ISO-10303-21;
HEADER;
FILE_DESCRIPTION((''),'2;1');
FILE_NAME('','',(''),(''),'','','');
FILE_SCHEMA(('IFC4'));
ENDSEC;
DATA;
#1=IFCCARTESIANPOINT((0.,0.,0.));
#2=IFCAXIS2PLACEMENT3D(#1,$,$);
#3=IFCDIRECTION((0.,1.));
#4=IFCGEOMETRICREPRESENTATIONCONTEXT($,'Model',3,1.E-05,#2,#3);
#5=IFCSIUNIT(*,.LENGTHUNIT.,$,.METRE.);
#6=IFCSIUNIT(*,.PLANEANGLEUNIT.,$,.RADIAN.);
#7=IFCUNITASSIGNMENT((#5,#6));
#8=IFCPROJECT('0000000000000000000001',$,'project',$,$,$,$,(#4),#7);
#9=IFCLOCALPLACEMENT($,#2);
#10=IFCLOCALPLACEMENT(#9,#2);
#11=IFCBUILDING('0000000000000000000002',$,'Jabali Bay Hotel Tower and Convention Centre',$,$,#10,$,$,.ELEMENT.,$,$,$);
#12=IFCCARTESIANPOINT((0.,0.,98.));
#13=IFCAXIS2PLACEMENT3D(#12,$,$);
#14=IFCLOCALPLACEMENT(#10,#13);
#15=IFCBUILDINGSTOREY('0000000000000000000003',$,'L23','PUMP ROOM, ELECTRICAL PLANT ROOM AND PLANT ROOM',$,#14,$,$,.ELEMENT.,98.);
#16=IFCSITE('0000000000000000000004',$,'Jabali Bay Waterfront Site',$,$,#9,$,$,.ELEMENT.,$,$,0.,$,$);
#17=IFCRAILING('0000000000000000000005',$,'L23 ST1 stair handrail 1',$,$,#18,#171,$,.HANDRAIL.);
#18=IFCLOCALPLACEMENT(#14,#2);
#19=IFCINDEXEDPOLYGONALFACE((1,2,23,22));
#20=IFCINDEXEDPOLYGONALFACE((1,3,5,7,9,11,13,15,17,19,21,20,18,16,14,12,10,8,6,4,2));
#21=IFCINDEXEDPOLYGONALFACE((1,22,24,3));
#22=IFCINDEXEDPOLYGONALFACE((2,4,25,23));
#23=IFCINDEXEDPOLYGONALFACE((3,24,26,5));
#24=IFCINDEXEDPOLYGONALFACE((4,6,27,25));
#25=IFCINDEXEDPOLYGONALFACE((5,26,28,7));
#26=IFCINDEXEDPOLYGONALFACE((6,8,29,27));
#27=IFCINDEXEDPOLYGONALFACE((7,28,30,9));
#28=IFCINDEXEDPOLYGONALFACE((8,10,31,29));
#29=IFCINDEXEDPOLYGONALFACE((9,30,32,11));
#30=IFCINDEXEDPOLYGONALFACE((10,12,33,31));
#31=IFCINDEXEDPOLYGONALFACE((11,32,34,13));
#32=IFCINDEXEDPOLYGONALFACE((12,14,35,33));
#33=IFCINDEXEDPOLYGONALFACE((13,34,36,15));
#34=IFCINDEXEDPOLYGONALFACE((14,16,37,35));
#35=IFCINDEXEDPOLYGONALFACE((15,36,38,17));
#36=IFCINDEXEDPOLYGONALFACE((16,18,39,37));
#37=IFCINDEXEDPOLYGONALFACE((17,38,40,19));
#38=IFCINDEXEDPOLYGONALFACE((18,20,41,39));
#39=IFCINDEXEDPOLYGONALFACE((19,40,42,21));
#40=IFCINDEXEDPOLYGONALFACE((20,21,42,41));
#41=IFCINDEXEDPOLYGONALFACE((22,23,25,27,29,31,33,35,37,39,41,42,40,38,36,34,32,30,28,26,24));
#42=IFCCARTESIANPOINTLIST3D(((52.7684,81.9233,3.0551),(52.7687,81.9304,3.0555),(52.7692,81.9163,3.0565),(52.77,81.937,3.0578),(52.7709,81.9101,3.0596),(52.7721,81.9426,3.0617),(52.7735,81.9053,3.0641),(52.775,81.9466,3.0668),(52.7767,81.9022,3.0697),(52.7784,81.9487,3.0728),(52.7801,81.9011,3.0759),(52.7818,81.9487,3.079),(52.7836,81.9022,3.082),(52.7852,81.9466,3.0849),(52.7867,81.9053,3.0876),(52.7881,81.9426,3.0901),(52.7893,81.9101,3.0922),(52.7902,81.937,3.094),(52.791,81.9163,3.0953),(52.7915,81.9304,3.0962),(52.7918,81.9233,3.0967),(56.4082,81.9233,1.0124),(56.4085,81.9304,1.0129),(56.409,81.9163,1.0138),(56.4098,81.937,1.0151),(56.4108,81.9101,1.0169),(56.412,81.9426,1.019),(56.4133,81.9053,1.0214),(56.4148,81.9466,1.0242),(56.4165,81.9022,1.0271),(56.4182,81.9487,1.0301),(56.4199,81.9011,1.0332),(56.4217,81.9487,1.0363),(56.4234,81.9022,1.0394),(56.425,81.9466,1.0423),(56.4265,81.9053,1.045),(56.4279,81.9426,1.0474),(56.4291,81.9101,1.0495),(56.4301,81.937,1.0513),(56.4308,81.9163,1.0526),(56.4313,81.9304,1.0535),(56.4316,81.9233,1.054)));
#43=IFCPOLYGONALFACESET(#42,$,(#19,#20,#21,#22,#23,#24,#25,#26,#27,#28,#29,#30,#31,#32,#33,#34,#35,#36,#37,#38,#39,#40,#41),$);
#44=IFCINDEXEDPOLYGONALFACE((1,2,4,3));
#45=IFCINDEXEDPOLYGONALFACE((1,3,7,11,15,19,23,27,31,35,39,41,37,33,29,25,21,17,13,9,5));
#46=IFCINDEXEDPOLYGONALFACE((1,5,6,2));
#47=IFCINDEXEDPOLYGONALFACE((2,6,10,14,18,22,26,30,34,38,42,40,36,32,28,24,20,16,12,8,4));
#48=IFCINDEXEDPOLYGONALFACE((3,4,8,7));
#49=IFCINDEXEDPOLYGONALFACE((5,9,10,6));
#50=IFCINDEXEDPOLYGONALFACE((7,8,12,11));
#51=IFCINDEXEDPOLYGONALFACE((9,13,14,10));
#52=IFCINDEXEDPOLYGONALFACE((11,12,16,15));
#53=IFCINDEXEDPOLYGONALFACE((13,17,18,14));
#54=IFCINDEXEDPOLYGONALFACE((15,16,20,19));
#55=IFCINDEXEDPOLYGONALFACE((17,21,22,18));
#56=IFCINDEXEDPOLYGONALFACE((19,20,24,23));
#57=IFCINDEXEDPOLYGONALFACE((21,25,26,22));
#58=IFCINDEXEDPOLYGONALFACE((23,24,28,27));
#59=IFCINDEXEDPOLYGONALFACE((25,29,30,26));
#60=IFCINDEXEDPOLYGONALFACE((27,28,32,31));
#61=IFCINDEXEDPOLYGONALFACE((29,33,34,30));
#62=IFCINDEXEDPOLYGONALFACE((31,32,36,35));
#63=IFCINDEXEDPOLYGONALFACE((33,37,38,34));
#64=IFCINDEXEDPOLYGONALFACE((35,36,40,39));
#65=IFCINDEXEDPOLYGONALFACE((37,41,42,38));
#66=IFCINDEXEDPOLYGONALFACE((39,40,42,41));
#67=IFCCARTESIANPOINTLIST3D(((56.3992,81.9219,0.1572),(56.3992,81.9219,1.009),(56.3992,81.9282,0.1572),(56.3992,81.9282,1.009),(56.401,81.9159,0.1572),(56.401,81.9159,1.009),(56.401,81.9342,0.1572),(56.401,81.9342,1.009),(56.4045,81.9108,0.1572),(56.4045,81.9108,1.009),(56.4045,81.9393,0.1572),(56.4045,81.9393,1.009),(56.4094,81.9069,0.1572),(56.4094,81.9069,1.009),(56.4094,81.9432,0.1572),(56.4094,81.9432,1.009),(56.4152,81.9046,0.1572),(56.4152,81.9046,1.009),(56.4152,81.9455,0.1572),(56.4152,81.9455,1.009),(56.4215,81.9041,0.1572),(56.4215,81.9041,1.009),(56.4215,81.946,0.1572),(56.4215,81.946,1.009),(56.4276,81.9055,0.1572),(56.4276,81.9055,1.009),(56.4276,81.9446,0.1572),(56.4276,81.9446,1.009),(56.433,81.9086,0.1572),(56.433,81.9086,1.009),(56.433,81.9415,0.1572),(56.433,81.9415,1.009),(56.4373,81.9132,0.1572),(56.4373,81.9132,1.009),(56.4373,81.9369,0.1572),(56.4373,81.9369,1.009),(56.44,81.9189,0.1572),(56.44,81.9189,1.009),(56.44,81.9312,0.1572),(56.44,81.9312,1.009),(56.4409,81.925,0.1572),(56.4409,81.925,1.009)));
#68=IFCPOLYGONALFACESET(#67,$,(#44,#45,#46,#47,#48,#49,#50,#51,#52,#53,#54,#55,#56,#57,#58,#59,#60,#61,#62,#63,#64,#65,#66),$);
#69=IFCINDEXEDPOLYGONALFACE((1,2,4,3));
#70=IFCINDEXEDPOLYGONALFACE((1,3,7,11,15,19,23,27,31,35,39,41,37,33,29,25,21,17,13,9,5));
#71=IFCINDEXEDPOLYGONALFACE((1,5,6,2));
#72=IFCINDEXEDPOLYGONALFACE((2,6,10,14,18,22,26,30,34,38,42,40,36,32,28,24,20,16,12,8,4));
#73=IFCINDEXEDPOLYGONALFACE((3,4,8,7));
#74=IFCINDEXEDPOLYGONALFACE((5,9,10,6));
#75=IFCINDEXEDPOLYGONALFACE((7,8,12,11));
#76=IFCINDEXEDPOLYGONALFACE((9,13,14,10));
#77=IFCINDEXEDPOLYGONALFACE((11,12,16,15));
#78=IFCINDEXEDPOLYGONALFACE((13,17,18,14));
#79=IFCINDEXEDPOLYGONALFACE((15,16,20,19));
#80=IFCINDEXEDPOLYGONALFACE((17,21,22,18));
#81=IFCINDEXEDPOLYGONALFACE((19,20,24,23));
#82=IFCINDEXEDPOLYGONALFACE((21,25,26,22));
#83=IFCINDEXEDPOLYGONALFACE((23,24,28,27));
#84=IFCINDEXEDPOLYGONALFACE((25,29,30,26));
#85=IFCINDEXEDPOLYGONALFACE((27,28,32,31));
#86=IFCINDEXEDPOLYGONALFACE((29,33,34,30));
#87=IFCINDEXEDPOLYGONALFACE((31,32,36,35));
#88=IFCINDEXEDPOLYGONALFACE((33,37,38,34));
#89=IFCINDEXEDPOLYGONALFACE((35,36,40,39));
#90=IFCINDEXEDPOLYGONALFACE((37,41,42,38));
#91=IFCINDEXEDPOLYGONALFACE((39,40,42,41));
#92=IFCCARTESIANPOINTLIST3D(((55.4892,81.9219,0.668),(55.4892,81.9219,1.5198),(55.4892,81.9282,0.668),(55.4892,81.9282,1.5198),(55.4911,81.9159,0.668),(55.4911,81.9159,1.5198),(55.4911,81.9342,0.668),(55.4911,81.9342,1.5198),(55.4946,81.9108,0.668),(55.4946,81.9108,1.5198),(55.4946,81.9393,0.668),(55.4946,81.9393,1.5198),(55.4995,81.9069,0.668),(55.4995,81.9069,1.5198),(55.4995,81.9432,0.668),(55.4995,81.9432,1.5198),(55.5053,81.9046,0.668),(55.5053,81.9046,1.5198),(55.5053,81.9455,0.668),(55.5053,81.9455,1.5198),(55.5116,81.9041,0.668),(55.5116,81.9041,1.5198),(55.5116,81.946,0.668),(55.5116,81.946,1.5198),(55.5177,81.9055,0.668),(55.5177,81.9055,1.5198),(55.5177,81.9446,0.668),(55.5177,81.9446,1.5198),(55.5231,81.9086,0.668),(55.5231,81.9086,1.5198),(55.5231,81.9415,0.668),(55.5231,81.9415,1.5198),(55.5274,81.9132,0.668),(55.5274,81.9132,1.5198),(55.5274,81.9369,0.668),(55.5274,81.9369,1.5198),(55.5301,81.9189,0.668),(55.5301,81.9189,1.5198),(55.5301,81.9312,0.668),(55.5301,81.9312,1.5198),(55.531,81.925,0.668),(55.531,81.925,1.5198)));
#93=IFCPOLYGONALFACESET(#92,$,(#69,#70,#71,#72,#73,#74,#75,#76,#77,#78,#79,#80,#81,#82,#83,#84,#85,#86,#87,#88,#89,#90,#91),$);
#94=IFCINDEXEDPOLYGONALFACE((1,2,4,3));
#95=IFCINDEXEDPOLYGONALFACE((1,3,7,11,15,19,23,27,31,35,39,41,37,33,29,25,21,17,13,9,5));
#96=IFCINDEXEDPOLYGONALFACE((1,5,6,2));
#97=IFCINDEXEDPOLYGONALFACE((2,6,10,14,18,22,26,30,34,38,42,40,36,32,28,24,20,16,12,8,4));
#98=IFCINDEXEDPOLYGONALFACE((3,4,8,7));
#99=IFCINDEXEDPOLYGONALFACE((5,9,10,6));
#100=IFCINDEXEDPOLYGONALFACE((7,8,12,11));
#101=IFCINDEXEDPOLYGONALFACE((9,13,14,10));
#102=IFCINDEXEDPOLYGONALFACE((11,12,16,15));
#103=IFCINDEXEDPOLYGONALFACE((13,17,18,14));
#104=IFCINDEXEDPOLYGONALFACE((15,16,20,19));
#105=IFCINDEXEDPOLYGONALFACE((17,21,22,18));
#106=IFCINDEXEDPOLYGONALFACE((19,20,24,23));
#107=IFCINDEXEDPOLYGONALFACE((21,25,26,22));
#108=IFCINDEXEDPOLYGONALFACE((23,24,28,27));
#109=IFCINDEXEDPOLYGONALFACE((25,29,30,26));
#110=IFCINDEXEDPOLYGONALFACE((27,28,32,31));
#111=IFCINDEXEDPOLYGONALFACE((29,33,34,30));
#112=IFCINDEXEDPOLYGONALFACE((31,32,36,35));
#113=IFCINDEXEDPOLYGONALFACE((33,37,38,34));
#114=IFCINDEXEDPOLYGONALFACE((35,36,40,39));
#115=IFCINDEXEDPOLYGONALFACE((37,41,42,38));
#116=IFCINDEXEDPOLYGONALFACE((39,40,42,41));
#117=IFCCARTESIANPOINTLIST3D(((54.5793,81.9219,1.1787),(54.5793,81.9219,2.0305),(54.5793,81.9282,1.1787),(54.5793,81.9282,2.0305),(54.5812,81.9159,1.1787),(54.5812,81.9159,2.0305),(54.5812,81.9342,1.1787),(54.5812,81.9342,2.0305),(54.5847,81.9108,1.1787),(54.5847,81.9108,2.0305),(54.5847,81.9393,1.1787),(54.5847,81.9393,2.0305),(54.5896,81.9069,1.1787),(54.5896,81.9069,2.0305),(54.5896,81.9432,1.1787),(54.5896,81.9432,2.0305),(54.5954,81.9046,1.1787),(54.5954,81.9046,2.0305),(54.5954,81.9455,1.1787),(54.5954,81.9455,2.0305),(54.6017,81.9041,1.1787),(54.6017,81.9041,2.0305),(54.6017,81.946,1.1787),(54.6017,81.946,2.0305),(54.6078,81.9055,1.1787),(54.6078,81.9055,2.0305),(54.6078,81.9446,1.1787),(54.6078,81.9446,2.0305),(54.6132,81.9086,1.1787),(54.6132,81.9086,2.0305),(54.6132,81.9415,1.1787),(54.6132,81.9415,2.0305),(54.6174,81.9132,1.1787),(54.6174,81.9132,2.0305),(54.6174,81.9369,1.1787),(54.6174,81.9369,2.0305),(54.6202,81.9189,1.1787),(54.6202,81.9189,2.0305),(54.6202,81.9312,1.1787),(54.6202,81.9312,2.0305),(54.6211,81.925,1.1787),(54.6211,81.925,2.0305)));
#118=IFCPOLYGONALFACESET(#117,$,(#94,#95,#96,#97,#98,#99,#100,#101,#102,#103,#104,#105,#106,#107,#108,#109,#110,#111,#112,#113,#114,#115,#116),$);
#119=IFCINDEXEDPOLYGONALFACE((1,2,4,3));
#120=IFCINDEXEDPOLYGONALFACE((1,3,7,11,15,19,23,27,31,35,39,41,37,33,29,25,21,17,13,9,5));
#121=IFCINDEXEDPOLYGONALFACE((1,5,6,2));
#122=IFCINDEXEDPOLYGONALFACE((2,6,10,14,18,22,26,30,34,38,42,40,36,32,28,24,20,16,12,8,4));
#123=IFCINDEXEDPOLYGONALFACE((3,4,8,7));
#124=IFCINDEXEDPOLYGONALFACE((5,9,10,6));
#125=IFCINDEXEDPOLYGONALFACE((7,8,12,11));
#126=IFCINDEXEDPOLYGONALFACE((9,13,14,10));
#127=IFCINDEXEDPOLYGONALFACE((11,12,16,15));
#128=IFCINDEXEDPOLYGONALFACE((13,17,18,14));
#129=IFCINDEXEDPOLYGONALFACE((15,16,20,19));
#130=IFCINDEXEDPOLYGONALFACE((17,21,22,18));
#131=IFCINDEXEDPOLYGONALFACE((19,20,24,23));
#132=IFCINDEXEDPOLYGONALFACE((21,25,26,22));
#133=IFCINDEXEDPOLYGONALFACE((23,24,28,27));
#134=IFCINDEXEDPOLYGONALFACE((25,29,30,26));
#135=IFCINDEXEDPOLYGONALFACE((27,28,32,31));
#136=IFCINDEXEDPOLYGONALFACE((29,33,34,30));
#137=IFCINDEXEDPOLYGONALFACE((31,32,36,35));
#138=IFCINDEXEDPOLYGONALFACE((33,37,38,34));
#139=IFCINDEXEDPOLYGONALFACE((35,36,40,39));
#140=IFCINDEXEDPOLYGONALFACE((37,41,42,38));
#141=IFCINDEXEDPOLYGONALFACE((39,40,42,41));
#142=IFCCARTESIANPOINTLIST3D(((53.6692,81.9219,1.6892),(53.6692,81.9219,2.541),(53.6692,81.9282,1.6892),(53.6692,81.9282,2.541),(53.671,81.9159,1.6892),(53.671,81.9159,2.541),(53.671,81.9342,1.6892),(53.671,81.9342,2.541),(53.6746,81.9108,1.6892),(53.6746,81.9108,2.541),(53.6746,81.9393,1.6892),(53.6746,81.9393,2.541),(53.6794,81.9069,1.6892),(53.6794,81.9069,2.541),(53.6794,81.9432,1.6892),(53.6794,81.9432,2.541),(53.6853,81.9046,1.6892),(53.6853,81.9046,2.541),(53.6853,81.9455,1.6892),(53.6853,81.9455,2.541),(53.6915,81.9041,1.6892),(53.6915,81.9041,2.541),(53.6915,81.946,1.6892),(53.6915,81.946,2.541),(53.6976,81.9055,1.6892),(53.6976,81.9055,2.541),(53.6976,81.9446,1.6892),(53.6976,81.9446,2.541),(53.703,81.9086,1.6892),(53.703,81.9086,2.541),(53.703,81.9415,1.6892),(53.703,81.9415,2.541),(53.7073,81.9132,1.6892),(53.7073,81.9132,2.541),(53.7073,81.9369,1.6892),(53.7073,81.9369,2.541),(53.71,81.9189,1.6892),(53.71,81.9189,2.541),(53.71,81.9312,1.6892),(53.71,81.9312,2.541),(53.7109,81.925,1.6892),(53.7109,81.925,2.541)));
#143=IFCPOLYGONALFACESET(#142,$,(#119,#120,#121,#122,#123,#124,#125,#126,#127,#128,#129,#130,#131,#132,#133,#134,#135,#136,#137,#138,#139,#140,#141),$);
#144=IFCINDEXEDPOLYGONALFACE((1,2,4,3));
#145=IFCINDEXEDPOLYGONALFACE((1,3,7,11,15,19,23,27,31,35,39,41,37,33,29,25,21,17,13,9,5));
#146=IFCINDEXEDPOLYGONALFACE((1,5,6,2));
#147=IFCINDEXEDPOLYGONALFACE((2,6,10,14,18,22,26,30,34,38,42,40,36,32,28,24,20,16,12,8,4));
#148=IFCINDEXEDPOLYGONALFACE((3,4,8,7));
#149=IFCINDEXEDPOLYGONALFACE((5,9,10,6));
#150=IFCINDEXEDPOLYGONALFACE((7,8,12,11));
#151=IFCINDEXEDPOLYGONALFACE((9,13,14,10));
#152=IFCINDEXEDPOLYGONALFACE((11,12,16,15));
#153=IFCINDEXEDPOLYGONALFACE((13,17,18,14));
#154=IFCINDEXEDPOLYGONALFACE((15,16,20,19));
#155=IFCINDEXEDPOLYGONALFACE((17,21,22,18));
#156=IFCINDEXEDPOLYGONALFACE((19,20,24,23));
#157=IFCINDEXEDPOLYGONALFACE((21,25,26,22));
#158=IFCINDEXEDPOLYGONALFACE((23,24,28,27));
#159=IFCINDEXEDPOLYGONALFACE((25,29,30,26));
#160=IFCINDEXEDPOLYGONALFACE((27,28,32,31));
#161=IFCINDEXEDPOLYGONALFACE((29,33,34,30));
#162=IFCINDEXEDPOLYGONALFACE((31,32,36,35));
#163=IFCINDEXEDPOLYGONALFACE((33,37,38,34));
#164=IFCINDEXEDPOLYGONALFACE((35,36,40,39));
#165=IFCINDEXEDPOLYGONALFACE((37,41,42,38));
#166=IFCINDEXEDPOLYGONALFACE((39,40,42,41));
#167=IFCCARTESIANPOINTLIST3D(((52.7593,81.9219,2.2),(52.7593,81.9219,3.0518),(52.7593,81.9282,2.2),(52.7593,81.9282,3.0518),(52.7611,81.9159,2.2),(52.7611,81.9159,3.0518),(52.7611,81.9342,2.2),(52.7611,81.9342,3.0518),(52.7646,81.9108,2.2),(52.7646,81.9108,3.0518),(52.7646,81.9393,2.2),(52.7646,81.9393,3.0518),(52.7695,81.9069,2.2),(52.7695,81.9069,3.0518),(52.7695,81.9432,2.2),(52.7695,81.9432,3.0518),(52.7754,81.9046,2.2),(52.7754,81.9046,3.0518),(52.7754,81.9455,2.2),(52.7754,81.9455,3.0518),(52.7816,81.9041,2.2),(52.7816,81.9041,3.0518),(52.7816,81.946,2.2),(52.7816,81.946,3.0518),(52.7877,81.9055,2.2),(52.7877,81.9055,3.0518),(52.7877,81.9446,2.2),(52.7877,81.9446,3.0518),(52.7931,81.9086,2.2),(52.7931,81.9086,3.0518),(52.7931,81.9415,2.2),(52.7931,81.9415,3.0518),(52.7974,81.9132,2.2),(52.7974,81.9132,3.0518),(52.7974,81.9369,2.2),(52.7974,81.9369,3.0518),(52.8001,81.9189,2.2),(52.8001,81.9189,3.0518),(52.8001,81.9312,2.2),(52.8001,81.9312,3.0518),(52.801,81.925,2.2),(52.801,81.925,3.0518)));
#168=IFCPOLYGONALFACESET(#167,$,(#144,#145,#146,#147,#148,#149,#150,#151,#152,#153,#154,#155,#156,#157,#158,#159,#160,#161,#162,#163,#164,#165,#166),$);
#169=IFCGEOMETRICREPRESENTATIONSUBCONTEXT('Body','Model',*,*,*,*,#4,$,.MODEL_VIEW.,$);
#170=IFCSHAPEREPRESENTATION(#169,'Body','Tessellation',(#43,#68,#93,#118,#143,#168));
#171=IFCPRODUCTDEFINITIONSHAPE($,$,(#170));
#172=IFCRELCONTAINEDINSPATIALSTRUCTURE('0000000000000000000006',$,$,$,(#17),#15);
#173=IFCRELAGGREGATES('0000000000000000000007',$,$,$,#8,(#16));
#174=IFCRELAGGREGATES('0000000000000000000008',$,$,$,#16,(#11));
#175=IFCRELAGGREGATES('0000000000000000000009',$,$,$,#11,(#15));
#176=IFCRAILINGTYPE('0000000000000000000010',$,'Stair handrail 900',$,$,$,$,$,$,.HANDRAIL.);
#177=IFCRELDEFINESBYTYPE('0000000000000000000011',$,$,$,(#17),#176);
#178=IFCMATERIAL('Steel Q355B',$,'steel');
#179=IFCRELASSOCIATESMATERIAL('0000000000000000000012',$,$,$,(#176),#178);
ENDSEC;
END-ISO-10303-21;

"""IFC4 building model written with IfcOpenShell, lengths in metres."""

from ifc_helpers import new_model, si_unit, direction, frame, origin, origin_2d, place, context, subcontext, project, spatial, circle, extrude, material, type_object, element, save


model = new_model("IFC4")

# Units and contexts
model_context = context("Model", 3, precision=1e-05, world=origin(), true_north=direction((0.0, 1.0)))
body_context = subcontext(model_context, "Body", "Model", "MODEL_VIEW")
ifc_project = project(units=[si_unit("LENGTHUNIT", "METRE"), si_unit("PLANEANGLEUNIT", "RADIAN")], contexts=[model_context])

# Site, building, storey
site_placement = place(None, origin())
site = spatial("IfcSite", under=ifc_project, at=site_placement, Name="Jabali Bay Waterfront Site", CompositionType="ELEMENT", RefElevation=0.0)
building_placement = place(site_placement, origin())
building = spatial("IfcBuilding", under=site, at=building_placement, Name="Jabali Bay Hotel Tower and Convention Centre", CompositionType="ELEMENT")
storey_placement = place(building_placement, frame((0.0, 0.0, 98.0)))
storey = spatial("IfcBuildingStorey", under=building, at=storey_placement, Name="L23", Description="PUMP ROOM, ELECTRICAL PLANT ROOM AND PLANT ROOM", CompositionType="ELEMENT", Elevation=98.0)

# Railing
ifc_material_1 = material(Name="Steel Q355B", Category="steel")
railing_type_1 = type_object("IfcRailingType", Name="Stair handrail 900", PredefinedType="HANDRAIL", material=ifc_material_1)
railing_1_placement = place(storey_placement, frame((56.4199, 81.925, 0.1572)))
element("IfcRailing", 1, at=railing_1_placement, inside=storey, type_object=railing_type_1, Name="L23 ST1 stair handrail 1", PredefinedType="HANDRAIL", context=body_context, shape_type="SweptSolid", body=[
    extrude(circle(Radius=0.0239, at=origin_2d()), frame((0.0, 0.0, 0.876), z_axis=(-0.872058, 0.0, 0.489403), x_axis=(0.0, -1.0, 0.0)), (0.0, 0.0, 1.0), 4.1738),
    extrude(circle(Radius=0.021, at=origin_2d()), origin(), (0.0, 0.0, 1.0), 0.8518),
    extrude(circle(Radius=0.021, at=origin_2d()), frame((-0.9099, 0.0, 0.5107)), (0.0, 0.0, 1.0), 0.8518),
    extrude(circle(Radius=0.021, at=origin_2d()), frame((-1.8198, 0.0, 1.0215)), (0.0, 0.0, 1.0), 0.8518),
    extrude(circle(Radius=0.021, at=origin_2d()), frame((-2.73, 0.0, 1.532)), (0.0, 0.0, 1.0), 0.8518),
    extrude(circle(Radius=0.021, at=origin_2d()), frame((-3.6399, 0.0, 2.0427)), (0.0, 0.0, 1.0), 0.8518),
])

save(model, "model.ifc")
